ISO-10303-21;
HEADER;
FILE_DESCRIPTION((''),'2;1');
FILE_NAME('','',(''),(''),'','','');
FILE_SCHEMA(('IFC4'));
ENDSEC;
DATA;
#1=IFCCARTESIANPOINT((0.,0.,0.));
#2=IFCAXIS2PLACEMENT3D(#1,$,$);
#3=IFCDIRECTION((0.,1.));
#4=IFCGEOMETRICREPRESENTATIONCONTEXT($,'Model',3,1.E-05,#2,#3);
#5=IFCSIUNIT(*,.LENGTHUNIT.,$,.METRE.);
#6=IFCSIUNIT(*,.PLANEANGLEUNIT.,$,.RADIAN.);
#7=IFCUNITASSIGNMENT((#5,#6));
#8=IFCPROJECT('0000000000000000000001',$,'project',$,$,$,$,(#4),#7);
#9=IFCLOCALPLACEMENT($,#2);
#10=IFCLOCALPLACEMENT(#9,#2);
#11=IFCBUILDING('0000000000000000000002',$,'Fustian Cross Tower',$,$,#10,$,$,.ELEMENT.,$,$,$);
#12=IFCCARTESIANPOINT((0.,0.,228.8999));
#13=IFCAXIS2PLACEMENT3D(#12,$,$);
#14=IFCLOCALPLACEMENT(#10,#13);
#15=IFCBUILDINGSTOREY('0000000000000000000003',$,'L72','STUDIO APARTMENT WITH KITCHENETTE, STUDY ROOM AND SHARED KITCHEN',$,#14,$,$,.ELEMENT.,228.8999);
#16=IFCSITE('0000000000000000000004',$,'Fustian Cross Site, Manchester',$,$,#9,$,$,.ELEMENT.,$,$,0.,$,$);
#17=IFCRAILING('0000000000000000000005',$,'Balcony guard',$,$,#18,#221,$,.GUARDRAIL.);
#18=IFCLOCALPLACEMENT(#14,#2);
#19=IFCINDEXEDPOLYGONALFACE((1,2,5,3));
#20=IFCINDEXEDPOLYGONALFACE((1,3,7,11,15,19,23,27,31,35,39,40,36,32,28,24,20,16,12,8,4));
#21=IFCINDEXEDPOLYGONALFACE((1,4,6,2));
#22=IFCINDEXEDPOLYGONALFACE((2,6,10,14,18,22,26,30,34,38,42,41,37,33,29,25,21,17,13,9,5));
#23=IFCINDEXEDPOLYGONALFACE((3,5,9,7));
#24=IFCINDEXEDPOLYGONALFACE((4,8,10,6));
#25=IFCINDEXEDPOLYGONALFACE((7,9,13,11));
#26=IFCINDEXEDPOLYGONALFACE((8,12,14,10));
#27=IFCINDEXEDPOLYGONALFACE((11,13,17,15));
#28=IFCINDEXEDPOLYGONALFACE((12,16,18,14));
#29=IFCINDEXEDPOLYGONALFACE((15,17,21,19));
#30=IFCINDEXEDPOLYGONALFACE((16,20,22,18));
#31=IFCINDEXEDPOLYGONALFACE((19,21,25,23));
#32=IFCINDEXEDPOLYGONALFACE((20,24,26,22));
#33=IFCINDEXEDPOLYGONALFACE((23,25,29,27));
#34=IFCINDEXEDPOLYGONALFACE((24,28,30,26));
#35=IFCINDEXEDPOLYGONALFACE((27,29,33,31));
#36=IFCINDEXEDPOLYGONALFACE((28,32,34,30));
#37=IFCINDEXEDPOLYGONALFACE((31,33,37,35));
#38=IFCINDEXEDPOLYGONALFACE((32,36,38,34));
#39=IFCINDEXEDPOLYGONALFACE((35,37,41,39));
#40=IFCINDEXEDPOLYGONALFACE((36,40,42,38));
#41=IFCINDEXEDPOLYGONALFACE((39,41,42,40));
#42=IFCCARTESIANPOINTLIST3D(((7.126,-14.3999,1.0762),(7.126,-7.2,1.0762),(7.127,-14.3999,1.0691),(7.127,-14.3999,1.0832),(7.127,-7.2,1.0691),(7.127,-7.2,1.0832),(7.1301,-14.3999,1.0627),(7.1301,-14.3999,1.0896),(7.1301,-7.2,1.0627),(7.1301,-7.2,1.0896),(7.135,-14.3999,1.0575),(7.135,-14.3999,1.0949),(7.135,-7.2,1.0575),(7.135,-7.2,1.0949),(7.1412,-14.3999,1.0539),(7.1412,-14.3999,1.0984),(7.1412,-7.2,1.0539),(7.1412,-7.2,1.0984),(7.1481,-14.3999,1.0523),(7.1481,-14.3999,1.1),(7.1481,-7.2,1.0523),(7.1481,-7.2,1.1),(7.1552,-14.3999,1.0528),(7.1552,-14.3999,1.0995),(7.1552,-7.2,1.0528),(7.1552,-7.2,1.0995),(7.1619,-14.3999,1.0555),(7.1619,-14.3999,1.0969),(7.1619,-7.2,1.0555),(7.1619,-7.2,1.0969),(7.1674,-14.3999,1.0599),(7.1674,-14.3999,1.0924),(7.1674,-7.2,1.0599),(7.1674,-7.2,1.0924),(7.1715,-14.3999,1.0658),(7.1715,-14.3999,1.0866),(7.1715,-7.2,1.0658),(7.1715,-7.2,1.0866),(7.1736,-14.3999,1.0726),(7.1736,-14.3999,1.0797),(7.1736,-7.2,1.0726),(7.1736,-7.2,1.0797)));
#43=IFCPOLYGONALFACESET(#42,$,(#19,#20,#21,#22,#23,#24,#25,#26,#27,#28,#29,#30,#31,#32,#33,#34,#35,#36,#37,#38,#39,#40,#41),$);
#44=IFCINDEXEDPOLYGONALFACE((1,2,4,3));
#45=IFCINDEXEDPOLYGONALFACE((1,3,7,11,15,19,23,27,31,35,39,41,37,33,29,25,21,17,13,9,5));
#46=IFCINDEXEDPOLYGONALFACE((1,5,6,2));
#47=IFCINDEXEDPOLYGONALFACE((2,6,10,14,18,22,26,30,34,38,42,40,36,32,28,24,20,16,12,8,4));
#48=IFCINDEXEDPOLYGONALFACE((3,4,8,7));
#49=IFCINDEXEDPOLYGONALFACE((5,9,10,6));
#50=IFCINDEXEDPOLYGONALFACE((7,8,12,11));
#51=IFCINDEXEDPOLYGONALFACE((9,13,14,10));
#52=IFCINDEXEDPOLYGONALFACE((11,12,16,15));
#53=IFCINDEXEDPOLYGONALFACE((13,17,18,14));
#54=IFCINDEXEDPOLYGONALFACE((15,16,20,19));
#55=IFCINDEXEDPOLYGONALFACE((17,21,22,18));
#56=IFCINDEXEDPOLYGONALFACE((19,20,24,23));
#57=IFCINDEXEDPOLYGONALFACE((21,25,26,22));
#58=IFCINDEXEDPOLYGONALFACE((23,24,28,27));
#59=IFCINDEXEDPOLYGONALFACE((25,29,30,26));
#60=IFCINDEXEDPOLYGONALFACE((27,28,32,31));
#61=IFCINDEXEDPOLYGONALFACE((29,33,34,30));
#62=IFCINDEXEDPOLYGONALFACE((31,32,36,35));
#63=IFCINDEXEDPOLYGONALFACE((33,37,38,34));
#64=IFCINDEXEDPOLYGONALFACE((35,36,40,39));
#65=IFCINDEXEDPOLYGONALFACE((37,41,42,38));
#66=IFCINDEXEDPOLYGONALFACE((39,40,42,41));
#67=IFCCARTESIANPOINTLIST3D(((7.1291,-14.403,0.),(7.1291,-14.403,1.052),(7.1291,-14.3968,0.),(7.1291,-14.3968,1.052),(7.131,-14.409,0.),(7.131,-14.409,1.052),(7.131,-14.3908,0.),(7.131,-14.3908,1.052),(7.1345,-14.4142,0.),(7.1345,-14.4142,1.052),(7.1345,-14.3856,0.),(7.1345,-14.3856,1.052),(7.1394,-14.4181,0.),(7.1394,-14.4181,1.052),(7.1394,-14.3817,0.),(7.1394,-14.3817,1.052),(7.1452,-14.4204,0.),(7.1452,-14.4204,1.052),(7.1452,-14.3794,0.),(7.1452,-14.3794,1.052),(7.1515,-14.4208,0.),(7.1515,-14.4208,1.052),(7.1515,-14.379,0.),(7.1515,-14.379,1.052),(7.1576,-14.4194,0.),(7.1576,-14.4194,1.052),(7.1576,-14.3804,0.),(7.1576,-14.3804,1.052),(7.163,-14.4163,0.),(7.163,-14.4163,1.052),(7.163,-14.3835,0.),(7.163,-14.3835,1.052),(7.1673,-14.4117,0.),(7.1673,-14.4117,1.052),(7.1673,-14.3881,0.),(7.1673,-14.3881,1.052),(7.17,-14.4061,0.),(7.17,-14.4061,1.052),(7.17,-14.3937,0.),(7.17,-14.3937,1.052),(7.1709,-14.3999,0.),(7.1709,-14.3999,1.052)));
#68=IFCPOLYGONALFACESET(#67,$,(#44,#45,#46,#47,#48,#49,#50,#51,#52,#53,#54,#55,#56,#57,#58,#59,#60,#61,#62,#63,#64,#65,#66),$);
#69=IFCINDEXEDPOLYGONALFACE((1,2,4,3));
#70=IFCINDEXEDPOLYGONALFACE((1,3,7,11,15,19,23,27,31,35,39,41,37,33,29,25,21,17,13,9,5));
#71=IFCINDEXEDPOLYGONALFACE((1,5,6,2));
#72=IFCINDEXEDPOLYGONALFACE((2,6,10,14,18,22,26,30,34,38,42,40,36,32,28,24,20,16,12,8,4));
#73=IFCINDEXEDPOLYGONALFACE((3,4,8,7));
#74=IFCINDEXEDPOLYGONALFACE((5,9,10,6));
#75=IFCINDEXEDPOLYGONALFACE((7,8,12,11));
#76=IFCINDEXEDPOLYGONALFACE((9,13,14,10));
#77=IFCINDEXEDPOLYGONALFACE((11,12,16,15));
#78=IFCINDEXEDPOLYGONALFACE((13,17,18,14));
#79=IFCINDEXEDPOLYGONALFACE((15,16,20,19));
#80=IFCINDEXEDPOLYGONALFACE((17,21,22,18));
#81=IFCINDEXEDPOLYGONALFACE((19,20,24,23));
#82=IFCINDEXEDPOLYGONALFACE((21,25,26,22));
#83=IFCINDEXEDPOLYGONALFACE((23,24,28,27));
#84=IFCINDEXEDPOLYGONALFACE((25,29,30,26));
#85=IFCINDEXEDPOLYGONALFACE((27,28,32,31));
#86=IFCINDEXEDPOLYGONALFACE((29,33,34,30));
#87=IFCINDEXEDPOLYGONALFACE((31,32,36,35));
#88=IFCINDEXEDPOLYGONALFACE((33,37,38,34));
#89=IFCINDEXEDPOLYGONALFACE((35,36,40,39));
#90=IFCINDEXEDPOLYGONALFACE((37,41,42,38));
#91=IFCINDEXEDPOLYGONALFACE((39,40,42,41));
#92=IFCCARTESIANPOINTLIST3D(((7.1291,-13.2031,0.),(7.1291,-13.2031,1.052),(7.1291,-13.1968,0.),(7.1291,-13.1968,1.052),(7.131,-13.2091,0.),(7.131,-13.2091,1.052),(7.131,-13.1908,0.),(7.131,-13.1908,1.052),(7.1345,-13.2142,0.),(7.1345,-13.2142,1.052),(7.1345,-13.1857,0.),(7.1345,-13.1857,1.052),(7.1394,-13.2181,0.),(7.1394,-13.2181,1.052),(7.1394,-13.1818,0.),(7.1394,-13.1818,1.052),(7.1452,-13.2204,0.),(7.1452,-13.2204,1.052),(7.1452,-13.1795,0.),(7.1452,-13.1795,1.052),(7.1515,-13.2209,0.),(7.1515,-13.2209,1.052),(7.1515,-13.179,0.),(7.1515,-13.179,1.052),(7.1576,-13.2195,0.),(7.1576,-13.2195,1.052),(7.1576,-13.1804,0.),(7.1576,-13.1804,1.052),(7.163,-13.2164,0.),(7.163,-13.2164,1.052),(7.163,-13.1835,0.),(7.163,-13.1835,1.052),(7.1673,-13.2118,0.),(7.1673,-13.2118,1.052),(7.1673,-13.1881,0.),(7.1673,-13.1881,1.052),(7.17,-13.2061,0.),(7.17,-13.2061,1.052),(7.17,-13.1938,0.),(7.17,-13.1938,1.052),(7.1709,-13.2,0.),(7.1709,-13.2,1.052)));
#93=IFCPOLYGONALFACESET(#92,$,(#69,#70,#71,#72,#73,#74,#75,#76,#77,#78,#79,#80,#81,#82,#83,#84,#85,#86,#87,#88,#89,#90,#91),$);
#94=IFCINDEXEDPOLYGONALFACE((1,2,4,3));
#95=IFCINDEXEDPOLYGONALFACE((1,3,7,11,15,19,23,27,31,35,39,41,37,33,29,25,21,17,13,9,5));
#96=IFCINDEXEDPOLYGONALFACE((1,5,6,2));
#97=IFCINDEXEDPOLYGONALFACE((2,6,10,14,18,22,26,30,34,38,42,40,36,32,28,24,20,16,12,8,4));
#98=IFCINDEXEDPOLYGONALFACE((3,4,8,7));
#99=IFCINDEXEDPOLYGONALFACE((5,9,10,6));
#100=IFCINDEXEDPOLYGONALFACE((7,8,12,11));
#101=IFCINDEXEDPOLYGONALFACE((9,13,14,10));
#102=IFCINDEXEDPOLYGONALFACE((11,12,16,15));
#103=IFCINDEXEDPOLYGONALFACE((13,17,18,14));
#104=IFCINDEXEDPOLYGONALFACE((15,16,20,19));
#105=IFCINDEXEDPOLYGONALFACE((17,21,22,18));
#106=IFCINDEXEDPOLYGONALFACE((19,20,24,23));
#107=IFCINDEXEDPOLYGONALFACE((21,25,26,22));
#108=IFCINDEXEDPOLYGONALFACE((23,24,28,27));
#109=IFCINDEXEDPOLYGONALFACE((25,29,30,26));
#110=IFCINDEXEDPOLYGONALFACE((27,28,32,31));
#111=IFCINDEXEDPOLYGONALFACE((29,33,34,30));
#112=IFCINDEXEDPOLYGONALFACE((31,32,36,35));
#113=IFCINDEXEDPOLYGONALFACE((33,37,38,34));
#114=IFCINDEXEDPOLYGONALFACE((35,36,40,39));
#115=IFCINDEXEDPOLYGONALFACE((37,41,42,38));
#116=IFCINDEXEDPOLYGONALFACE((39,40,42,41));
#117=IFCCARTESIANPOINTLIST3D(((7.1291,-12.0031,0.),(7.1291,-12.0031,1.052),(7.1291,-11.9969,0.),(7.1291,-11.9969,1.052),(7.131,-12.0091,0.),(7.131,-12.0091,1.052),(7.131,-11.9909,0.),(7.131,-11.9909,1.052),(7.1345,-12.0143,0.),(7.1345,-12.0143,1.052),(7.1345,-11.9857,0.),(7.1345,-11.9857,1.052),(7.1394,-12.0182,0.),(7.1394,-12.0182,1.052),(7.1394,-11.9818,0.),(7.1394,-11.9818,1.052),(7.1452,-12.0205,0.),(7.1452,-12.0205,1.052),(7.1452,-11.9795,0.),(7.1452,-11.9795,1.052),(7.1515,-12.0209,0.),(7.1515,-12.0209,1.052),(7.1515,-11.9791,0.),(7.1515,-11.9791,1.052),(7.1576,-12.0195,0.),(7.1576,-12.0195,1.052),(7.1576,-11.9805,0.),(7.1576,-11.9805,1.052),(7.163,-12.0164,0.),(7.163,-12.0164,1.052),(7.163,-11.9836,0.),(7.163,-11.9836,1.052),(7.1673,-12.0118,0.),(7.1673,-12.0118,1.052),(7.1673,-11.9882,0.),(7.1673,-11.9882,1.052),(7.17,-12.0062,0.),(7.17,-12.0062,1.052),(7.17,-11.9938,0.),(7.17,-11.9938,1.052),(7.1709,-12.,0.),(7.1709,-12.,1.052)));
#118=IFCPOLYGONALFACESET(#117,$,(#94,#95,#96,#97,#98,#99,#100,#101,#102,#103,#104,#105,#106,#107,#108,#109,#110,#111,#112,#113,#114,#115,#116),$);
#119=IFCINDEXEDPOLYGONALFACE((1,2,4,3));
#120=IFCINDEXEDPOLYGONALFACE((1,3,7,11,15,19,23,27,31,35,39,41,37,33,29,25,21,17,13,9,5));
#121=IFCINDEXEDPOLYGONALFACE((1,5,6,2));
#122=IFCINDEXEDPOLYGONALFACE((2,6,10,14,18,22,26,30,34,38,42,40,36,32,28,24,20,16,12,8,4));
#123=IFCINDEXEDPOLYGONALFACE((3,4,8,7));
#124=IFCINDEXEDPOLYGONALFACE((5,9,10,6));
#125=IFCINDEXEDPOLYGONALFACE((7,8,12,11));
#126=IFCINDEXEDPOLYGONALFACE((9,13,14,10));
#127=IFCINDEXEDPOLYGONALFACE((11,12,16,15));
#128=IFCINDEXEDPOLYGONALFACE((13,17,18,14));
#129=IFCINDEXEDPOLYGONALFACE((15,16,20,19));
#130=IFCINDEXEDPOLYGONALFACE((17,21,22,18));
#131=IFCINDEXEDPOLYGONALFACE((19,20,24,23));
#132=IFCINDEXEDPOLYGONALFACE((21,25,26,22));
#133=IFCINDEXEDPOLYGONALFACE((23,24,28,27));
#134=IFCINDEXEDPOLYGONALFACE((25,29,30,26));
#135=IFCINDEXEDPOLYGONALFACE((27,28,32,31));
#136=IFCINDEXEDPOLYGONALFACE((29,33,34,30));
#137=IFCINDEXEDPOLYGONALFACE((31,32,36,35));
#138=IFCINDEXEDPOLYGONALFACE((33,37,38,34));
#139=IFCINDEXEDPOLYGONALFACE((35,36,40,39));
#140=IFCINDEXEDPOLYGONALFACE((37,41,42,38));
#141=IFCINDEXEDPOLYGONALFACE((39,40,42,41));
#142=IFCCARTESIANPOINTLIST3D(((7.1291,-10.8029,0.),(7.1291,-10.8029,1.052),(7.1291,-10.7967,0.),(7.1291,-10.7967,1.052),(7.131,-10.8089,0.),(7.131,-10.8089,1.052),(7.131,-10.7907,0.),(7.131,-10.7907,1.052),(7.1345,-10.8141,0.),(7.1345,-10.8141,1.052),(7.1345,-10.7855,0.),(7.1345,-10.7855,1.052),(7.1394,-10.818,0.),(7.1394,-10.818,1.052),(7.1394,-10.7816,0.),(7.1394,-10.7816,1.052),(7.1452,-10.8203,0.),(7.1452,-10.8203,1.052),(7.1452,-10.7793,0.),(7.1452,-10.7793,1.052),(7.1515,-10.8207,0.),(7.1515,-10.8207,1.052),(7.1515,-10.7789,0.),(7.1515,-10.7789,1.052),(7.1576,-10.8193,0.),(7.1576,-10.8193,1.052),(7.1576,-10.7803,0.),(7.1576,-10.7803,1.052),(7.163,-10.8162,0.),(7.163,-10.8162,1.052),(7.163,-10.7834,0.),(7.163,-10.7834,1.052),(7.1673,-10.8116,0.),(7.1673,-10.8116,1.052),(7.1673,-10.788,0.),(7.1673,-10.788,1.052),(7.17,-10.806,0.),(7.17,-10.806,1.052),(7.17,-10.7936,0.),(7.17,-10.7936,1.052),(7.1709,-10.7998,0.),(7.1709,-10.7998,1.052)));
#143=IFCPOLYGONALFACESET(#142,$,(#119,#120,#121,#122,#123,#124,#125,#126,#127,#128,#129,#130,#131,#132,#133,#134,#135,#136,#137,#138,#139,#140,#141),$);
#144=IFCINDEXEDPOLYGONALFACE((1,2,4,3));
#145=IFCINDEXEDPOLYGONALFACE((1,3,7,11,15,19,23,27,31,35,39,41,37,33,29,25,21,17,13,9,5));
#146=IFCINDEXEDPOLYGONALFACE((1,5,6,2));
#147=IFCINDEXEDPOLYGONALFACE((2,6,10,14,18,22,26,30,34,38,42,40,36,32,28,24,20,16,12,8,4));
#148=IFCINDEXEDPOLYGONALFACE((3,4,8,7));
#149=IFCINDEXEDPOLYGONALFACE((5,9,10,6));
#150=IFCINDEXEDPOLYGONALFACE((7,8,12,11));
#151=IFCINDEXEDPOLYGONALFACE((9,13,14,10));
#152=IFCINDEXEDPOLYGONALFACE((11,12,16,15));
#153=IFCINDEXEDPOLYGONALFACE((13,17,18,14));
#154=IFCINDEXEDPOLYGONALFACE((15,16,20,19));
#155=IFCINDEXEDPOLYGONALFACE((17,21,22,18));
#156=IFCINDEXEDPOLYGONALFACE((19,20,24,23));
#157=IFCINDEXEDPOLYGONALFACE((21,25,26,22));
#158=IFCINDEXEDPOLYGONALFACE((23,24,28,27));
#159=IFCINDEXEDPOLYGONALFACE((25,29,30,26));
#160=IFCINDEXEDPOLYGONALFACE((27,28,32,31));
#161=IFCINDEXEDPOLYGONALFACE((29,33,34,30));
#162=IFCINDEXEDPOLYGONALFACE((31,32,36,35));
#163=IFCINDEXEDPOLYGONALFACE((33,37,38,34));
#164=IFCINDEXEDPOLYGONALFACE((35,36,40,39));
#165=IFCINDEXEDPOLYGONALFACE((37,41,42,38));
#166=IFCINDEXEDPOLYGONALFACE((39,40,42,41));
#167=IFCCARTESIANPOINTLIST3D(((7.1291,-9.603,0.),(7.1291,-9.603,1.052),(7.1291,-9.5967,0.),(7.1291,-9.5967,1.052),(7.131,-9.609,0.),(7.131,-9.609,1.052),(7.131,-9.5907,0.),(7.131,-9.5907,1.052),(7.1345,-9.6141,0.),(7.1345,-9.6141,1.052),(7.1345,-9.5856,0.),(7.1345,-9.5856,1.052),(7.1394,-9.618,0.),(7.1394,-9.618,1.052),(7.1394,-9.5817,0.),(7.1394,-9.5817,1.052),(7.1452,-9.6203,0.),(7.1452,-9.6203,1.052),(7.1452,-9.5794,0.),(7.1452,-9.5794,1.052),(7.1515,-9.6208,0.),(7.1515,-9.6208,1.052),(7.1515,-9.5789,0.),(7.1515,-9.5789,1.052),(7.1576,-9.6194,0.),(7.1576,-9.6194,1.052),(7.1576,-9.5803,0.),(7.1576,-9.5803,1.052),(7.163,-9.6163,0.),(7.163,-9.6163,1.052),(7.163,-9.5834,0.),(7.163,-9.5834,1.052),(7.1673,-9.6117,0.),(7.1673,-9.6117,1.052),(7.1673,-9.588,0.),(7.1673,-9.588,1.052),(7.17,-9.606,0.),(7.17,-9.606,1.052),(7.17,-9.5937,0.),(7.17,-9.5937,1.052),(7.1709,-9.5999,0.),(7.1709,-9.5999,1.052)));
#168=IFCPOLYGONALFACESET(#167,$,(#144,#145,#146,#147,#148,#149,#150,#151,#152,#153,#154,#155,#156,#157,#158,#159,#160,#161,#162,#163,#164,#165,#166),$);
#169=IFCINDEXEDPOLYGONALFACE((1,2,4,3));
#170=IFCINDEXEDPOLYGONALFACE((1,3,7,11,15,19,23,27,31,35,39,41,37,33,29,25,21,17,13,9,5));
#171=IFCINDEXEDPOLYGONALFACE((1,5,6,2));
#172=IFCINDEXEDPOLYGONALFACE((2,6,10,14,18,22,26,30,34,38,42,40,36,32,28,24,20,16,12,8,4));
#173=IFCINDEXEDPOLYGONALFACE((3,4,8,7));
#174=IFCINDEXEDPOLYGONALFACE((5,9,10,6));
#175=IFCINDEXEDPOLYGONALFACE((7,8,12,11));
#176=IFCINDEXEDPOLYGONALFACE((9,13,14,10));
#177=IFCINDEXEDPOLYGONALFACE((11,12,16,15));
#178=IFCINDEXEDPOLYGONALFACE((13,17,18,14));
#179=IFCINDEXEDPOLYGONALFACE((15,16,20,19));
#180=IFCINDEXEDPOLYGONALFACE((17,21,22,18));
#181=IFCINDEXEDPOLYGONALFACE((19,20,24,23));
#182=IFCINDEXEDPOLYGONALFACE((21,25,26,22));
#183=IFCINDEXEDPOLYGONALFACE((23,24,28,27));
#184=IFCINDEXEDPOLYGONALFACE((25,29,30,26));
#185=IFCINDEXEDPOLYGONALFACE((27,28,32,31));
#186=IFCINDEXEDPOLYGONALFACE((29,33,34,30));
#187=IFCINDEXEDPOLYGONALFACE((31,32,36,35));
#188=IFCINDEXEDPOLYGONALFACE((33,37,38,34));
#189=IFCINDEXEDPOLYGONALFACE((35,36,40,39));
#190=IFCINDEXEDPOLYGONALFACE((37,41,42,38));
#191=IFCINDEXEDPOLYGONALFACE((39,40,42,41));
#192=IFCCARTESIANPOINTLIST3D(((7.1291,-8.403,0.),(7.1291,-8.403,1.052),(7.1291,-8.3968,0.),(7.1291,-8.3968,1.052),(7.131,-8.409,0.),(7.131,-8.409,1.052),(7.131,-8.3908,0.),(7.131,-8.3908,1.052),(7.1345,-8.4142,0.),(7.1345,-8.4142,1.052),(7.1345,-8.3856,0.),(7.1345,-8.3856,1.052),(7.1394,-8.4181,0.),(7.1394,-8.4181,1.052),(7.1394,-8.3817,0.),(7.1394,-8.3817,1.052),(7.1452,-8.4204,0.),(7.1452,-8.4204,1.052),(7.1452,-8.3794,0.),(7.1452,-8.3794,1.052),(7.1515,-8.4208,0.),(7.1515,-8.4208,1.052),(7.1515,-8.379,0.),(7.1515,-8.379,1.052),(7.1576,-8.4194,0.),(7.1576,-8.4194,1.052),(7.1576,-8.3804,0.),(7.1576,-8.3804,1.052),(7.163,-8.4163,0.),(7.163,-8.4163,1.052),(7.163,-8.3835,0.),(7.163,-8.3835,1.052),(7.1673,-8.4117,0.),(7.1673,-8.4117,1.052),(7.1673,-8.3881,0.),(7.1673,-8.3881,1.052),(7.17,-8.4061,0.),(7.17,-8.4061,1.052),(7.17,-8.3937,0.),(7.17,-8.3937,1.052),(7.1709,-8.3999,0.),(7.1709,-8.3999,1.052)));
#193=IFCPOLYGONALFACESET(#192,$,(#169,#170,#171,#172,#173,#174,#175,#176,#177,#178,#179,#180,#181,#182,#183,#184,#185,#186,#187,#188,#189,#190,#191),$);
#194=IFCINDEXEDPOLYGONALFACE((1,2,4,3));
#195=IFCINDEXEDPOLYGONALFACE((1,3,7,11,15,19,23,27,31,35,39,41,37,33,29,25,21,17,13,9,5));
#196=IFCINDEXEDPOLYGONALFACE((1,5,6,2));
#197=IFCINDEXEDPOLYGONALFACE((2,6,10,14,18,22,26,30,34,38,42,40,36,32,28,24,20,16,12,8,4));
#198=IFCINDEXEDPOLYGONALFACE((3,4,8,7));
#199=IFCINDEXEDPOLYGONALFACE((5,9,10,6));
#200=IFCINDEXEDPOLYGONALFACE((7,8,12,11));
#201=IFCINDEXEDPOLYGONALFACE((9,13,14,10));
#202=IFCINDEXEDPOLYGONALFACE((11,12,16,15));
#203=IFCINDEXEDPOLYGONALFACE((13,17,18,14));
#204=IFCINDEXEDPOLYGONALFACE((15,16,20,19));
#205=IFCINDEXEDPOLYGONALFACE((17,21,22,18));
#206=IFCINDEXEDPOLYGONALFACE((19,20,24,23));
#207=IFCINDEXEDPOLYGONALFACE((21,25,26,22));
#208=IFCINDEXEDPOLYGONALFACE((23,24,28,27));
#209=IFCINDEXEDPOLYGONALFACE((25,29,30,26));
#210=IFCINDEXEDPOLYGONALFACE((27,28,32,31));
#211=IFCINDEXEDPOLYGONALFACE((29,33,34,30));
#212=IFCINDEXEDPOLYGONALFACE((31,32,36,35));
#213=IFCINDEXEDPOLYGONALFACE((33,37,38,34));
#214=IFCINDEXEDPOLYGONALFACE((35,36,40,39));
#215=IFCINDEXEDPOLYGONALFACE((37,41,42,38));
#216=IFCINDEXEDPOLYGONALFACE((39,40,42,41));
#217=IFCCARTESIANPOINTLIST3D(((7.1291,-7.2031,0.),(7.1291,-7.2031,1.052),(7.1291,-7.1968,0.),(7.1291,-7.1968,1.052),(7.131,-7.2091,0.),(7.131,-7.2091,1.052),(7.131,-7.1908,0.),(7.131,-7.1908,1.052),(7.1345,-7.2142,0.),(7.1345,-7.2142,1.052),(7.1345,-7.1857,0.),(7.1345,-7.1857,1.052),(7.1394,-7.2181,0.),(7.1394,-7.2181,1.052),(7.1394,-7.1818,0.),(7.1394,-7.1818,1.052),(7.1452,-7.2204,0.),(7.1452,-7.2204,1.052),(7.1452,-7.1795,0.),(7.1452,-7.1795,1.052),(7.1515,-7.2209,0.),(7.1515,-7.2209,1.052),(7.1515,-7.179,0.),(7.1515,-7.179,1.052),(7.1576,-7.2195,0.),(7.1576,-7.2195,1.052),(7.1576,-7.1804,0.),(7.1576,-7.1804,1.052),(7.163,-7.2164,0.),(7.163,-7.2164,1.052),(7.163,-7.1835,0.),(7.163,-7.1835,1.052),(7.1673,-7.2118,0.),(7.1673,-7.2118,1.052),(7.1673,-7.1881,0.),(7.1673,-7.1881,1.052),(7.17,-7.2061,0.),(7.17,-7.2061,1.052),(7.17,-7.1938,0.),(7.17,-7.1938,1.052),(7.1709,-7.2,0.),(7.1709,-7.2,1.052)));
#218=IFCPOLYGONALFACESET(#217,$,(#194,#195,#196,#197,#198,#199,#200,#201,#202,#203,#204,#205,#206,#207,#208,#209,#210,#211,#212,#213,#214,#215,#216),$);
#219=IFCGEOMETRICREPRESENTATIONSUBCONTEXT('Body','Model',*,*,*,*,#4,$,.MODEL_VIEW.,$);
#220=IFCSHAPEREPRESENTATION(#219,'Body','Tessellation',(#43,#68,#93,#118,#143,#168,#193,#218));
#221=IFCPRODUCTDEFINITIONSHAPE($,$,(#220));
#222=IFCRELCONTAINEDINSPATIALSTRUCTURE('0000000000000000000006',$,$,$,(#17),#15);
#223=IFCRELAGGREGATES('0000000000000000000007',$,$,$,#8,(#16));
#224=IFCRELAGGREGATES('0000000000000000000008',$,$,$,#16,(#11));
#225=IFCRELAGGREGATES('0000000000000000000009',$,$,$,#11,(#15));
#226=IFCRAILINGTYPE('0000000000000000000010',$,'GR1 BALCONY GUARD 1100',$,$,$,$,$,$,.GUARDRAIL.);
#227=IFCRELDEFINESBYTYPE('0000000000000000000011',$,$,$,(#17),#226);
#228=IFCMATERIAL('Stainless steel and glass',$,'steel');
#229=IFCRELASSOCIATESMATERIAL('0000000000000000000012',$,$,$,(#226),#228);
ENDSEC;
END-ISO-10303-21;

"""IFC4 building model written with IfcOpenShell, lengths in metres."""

from ifc_helpers import new_model, si_unit, direction, frame, origin, origin_2d, place, context, subcontext, project, spatial, circle, extrude, material, type_object, element, save


model = new_model("IFC4")

# Units and contexts
model_context = context("Model", 3, precision=1e-05, world=origin(), true_north=direction((0.0, 1.0)))
body_context = subcontext(model_context, "Body", "Model", "MODEL_VIEW")
ifc_project = project(units=[si_unit("LENGTHUNIT", "METRE"), si_unit("PLANEANGLEUNIT", "RADIAN")], contexts=[model_context])

# Site, building, storey
site_placement = place(None, origin())
site = spatial("IfcSite", under=ifc_project, at=site_placement, Name="Fustian Cross Site, Manchester", CompositionType="ELEMENT", RefElevation=0.0)
building_placement = place(site_placement, origin())
building = spatial("IfcBuilding", under=site, at=building_placement, Name="Fustian Cross Tower", CompositionType="ELEMENT")
storey_placement = place(building_placement, frame((0.0, 0.0, 228.8999)))
storey = spatial("IfcBuildingStorey", under=building, at=storey_placement, Name="L72", Description="STUDIO APARTMENT WITH KITCHENETTE, STUDY ROOM AND SHARED KITCHEN", CompositionType="ELEMENT", Elevation=228.8999)

# Railing
ifc_material_1 = material(Name="Stainless steel and glass", Category="steel")
railing_type_1 = type_object("IfcRailingType", Name="GR1 BALCONY GUARD 1100", PredefinedType="GUARDRAIL", material=ifc_material_1)
railing_1_placement = place(storey_placement, frame((7.1499, -14.3999, 0.0)))
element("IfcRailing", 1, at=railing_1_placement, inside=storey, type_object=railing_type_1, Name="Balcony guard", PredefinedType="GUARDRAIL", context=body_context, shape_type="SweptSolid", body=[
    extrude(circle(Radius=0.0239, at=origin_2d()), frame((0.0, 0.0, 1.0762), z_axis=(0.0, 1.0, 0.0), x_axis=(-1.0, 0.0, 0.0)), (0.0, 0.0, 1.0), 7.2),
    extrude(circle(Radius=0.021, at=origin_2d()), origin(), (0.0, 0.0, 1.0), 1.052),
    extrude(circle(Radius=0.021, at=origin_2d()), frame((0.0, 1.2, 0.0)), (0.0, 0.0, 1.0), 1.052),
    extrude(circle(Radius=0.021, at=origin_2d()), frame((0.0, 2.3999, 0.0)), (0.0, 0.0, 1.0), 1.052),
    extrude(circle(Radius=0.021, at=origin_2d()), frame((0.0, 3.6001, 0.0)), (0.0, 0.0, 1.0), 1.052),
    extrude(circle(Radius=0.021, at=origin_2d()), frame((0.0, 4.8, 0.0)), (0.0, 0.0, 1.0), 1.052),
    extrude(circle(Radius=0.021, at=origin_2d()), frame((0.0, 6.0, 0.0)), (0.0, 0.0, 1.0), 1.052),
    extrude(circle(Radius=0.021, at=origin_2d()), frame((0.0, 7.2, 0.0)), (0.0, 0.0, 1.0), 1.052),
])

save(model, "model.ifc")
